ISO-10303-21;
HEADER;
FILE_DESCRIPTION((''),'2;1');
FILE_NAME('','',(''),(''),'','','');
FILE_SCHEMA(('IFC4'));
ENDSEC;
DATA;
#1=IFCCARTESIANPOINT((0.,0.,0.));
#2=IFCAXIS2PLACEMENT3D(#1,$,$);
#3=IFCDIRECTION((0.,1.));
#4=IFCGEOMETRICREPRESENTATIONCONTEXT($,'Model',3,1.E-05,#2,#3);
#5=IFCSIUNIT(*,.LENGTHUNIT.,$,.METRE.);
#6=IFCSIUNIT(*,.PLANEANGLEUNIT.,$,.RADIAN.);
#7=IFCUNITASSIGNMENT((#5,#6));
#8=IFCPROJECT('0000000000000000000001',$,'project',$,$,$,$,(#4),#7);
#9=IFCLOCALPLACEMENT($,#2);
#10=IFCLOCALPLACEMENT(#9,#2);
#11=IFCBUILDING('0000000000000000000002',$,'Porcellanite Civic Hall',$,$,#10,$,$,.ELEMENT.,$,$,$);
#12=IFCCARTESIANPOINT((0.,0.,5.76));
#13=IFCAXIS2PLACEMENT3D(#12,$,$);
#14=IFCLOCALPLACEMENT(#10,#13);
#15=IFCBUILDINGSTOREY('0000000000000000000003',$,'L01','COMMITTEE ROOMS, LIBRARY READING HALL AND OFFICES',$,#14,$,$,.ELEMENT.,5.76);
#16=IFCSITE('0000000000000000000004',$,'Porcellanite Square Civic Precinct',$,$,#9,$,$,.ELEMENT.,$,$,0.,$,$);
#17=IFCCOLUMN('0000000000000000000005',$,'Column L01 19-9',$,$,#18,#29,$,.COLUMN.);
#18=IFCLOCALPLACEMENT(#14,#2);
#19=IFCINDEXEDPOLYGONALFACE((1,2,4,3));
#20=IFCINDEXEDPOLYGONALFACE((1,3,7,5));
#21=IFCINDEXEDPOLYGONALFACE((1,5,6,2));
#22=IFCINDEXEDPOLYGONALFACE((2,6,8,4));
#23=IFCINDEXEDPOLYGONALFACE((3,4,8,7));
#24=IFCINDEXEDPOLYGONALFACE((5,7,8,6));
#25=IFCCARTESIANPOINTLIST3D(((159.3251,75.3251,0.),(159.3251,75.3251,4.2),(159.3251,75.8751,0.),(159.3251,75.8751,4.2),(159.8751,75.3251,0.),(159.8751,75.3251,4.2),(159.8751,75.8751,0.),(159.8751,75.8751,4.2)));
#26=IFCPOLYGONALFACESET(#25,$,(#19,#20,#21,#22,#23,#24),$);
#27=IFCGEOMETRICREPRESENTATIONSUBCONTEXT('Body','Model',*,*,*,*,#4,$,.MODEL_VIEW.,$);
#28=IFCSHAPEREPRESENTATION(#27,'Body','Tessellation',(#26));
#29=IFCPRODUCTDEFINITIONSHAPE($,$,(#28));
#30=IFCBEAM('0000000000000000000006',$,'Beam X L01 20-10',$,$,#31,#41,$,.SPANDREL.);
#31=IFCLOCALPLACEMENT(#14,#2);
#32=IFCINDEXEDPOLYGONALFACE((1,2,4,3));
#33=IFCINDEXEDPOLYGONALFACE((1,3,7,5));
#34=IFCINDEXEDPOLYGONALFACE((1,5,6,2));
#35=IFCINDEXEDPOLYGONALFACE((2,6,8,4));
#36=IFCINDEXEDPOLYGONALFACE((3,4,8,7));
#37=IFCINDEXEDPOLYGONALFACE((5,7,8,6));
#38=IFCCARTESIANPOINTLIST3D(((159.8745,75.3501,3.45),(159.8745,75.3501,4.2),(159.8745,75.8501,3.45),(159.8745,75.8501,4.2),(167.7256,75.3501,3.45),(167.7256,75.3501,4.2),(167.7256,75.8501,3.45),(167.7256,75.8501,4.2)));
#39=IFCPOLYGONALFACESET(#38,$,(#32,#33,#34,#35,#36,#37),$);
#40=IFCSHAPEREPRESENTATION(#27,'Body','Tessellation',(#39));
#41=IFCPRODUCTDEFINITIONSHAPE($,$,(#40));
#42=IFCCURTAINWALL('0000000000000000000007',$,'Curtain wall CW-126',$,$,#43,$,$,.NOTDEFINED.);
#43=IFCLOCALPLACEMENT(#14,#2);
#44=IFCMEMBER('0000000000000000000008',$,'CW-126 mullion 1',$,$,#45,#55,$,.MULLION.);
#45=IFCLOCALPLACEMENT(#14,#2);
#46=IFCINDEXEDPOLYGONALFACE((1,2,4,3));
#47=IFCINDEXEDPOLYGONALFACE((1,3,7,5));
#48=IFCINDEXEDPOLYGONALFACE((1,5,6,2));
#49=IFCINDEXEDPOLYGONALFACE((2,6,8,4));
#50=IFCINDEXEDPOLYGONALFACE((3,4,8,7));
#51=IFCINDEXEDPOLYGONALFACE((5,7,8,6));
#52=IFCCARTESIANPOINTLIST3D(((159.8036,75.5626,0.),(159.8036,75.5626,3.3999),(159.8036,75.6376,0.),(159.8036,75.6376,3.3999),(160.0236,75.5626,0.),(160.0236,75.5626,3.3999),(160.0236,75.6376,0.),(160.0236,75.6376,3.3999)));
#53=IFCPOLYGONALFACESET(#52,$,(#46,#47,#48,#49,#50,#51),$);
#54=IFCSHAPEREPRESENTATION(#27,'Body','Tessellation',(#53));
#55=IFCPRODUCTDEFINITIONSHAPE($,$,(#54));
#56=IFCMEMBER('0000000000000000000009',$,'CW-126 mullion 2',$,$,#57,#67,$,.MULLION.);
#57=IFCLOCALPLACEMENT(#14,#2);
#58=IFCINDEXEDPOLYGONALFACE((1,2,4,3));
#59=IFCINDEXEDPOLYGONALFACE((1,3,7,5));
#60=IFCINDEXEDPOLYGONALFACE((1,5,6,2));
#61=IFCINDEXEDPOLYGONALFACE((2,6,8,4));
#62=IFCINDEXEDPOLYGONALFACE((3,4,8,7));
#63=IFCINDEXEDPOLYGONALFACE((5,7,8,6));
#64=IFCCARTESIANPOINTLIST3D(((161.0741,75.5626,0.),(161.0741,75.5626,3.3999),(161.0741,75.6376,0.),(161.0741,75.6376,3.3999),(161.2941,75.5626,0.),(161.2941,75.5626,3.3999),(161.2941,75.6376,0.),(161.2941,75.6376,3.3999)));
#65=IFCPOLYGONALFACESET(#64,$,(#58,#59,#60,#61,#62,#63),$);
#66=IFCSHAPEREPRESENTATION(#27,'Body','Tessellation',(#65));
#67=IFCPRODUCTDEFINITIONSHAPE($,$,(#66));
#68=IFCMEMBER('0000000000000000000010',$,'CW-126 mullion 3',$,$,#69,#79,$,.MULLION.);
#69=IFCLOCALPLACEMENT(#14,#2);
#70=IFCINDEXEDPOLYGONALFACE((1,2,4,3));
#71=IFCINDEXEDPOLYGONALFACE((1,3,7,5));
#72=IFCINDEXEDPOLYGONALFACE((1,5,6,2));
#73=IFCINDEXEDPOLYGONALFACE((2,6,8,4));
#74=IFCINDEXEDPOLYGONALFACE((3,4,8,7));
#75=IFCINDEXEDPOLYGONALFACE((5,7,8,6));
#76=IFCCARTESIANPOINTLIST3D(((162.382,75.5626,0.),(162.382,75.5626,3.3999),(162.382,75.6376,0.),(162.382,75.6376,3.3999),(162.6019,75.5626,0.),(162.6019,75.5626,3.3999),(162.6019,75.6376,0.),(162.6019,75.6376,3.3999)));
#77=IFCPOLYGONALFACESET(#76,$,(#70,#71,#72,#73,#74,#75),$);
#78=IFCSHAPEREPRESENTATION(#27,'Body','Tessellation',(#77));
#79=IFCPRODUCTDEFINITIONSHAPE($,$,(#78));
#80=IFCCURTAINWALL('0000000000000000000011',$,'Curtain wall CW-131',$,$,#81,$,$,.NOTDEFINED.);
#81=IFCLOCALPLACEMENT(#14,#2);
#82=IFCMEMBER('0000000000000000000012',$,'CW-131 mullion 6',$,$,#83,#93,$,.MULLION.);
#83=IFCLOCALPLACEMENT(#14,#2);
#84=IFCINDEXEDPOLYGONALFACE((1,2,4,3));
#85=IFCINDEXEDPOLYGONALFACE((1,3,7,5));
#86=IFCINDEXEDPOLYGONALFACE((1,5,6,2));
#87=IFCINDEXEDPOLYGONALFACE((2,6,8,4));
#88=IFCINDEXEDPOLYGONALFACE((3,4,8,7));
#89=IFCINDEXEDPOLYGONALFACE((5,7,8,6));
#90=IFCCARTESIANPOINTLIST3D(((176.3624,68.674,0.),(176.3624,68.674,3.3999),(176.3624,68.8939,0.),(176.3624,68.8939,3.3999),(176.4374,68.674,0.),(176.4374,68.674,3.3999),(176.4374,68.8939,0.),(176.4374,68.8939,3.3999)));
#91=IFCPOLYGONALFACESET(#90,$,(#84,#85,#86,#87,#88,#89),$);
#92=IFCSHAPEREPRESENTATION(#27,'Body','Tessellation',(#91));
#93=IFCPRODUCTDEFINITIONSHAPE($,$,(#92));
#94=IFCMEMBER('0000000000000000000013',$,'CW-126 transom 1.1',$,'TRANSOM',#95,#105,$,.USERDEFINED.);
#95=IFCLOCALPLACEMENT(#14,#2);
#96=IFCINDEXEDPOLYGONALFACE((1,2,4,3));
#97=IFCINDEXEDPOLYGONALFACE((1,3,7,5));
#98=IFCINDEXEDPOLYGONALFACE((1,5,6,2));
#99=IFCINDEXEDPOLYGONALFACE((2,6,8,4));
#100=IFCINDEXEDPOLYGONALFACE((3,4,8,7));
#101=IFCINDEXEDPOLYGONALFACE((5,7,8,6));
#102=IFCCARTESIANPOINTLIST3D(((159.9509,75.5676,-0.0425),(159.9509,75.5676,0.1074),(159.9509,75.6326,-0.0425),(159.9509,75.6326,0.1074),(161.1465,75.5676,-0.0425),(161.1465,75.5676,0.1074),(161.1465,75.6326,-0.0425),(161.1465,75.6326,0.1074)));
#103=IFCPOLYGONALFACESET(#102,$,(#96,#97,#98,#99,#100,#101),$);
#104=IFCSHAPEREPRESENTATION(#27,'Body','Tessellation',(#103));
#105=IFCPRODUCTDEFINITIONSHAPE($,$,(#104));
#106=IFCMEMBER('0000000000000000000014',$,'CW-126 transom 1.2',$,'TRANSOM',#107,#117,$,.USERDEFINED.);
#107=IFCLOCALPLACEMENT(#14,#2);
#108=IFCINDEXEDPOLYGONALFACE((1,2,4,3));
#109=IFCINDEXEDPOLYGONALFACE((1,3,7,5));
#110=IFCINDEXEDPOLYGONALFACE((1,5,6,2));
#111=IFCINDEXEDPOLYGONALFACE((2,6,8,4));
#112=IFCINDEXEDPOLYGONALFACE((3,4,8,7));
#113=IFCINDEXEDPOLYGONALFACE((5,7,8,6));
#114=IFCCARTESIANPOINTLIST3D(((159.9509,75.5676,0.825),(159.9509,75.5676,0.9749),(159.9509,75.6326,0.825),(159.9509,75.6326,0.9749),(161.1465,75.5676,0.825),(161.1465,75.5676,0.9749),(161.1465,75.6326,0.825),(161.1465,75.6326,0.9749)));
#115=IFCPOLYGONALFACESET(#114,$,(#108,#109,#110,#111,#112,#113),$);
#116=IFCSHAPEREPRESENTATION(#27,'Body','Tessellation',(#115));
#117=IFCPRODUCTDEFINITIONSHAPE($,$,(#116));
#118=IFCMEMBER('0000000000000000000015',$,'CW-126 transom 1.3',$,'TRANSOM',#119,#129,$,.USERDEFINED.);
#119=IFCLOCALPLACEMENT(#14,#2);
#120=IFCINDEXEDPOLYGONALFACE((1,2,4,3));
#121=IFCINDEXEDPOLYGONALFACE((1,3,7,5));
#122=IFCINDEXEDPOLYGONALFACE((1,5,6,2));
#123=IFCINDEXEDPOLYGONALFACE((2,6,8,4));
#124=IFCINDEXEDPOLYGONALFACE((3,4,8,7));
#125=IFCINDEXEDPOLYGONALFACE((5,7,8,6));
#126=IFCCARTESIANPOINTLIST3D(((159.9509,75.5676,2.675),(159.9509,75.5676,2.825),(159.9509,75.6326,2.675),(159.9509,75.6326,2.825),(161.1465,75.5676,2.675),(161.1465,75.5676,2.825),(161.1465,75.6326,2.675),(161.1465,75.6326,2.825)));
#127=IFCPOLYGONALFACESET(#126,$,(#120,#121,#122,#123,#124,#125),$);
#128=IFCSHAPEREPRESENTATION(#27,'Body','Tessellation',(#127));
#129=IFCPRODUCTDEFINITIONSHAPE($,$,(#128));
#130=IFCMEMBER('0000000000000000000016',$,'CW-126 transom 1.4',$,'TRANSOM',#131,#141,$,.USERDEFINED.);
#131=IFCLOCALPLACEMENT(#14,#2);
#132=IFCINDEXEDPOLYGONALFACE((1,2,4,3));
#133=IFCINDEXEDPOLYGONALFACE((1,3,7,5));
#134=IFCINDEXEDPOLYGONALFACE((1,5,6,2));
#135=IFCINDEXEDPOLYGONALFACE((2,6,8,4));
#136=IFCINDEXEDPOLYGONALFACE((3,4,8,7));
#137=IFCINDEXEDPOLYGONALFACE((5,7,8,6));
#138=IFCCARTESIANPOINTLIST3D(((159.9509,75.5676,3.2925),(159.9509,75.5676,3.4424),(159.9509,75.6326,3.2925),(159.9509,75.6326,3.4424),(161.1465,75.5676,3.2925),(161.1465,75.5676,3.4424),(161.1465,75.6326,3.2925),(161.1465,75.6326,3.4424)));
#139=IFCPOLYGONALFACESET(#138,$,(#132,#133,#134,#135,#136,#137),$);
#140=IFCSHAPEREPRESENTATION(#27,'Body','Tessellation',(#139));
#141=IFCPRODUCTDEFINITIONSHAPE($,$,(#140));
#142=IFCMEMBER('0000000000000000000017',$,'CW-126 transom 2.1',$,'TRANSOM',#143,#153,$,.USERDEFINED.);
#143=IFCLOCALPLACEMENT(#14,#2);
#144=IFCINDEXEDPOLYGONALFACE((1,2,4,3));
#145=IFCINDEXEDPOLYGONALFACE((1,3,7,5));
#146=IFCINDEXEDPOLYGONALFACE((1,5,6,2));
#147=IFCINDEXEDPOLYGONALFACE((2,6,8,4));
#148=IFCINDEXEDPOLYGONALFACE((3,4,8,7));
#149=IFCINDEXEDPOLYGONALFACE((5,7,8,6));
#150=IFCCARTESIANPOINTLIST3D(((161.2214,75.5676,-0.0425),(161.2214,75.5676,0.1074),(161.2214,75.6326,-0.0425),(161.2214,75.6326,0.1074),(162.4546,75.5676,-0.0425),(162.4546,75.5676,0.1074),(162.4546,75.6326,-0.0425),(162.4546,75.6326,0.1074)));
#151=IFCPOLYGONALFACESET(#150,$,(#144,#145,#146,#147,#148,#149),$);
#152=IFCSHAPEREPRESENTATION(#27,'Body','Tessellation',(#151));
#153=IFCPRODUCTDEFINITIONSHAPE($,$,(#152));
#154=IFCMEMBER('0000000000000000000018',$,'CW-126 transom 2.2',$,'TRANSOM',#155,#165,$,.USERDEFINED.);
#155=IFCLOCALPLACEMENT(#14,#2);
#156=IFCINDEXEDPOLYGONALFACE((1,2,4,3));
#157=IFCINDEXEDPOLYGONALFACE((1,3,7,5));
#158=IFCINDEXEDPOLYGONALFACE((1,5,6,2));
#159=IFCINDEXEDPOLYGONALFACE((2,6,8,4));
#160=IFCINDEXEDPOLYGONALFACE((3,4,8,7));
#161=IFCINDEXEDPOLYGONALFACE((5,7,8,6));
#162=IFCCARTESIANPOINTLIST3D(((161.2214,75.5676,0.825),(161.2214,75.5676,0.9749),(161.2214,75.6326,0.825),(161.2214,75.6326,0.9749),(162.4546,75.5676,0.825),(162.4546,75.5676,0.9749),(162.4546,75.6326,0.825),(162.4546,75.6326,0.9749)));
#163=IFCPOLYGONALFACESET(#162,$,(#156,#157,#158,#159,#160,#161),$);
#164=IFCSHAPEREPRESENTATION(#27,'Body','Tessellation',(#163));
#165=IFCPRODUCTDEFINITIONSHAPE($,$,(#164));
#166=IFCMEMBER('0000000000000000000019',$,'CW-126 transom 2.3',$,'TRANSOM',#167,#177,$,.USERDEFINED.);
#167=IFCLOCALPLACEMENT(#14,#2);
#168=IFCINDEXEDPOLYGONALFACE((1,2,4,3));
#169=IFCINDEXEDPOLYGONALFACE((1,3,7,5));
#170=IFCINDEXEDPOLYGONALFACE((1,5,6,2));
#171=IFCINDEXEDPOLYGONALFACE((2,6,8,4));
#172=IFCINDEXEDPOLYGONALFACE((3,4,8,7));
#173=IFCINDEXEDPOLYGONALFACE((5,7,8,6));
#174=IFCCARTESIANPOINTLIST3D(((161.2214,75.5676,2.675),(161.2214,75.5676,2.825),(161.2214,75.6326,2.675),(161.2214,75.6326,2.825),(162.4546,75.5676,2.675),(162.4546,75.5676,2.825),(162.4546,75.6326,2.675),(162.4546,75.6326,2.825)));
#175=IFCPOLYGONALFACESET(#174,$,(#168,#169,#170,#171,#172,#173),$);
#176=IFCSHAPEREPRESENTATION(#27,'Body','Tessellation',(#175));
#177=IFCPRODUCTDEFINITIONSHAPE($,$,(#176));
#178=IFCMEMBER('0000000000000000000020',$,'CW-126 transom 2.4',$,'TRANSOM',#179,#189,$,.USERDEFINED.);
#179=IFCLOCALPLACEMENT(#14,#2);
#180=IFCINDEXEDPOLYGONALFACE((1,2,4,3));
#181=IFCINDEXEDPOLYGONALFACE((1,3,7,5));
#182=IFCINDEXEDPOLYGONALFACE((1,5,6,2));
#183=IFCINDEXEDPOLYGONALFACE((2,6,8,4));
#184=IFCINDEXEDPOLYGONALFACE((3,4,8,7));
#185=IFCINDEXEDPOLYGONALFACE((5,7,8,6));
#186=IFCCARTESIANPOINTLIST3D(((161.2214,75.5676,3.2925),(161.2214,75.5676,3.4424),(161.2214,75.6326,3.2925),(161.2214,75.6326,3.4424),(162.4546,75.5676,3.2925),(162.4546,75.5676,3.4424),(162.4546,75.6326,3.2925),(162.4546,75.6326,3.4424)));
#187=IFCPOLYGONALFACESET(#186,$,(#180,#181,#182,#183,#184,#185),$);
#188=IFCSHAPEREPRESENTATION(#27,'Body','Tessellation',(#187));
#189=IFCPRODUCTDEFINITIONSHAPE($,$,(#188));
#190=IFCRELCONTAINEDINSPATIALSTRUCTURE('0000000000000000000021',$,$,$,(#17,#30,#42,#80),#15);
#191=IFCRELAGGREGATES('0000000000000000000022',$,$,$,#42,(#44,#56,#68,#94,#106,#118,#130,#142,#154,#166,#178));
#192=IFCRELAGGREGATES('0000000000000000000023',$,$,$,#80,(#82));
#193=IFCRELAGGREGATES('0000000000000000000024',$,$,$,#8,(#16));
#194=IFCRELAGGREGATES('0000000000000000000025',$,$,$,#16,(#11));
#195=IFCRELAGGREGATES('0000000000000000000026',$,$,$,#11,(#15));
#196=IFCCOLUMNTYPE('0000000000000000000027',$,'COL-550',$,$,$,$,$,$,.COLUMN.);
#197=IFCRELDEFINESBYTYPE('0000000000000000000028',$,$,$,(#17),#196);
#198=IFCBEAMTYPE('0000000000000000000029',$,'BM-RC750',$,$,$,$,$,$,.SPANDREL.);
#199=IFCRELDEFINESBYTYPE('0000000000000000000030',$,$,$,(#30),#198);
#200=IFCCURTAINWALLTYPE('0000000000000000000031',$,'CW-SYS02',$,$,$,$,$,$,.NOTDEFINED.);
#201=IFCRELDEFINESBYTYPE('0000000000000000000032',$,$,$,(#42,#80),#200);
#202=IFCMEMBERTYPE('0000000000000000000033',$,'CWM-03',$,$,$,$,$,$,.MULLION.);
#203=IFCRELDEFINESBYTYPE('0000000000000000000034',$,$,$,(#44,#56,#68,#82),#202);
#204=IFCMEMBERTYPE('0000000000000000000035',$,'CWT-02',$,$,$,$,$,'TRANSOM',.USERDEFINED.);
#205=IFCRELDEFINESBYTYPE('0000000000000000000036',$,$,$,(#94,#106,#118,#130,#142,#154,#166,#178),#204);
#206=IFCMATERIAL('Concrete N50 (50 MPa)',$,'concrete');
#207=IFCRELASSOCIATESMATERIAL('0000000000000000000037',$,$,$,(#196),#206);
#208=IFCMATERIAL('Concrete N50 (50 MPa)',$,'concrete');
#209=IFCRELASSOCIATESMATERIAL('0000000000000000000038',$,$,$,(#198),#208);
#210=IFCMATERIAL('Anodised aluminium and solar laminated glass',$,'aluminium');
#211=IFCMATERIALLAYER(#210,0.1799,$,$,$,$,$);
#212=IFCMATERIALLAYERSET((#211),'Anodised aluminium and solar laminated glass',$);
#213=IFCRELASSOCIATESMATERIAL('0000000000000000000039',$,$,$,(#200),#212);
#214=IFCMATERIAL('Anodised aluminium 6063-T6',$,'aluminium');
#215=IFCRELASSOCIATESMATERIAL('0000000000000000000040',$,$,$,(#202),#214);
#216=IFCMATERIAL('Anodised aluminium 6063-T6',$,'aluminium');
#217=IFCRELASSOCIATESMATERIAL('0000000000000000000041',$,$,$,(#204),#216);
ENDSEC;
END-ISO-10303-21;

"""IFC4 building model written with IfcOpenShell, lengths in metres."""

from ifc_helpers import new_model, si_unit, direction, frame, origin, origin_2d, place, context, subcontext, project, spatial, rectangle, extrude, material, layer, layer_set, material_profile, profile_set, type_object, element, aggregate, save


model = new_model("IFC4")

# Units and contexts
model_context = context("Model", 3, precision=1e-05, world=origin(), true_north=direction((0.0, 1.0)))
body_context = subcontext(model_context, "Body", "Model", "MODEL_VIEW")
ifc_project = project(units=[si_unit("LENGTHUNIT", "METRE"), si_unit("PLANEANGLEUNIT", "RADIAN")], contexts=[model_context])

# Site, building, storey
site_placement = place(None, origin())
site = spatial("IfcSite", under=ifc_project, at=site_placement, Name="Porcellanite Square Civic Precinct", CompositionType="ELEMENT", RefElevation=0.0)
building_placement = place(site_placement, origin())
building = spatial("IfcBuilding", under=site, at=building_placement, Name="Porcellanite Civic Hall", CompositionType="ELEMENT")
storey_placement = place(building_placement, frame((0.0, 0.0, 5.76)))
storey = spatial("IfcBuildingStorey", under=building, at=storey_placement, Name="L01", Description="COMMITTEE ROOMS, LIBRARY READING HALL AND OFFICES", CompositionType="ELEMENT", Elevation=5.76)

# Column
ifc_material_1 = material(Name="Concrete N50 (50 MPa)", Category="concrete")
ifc_material_profile_1 = material_profile(ifc_material_1, rectangle(XDim=0.55, YDim=0.55, at=origin_2d()), Name="RC-550x550")
ifc_profile_set_1 = profile_set([ifc_material_profile_1], Name="Concrete N50 (50 MPa)")
column_type = type_object("IfcColumnType", Name="COL-550", PredefinedType="COLUMN", material=ifc_profile_set_1)
column_placement = place(storey_placement, frame((159.6001, 75.6001, 0.0), z_axis=(0.0, 0.0, 1.0), x_axis=(1.0, 0.0, 0.0)))
element("IfcColumn", 1, at=column_placement, inside=storey, type_object=column_type, Name="Column L01 19-9", PredefinedType="COLUMN", context=body_context, shape_type="SweptSolid", body=[
    extrude(rectangle(XDim=0.55, YDim=0.55, at=origin_2d()), origin(), (0.0, 0.0, 1.0), 4.2),
])

# Beam
ifc_material_2 = material(Name="Concrete N50 (50 MPa)", Category="concrete")
ifc_material_profile_2 = material_profile(ifc_material_2, rectangle(XDim=0.5, YDim=0.75, at=origin_2d()), Name="RC-500x750")
ifc_profile_set_2 = profile_set([ifc_material_profile_2], Name="Concrete N50 (50 MPa)")
beam_type = type_object("IfcBeamType", Name="BM-RC750", PredefinedType="SPANDREL", material=ifc_profile_set_2)
beam_placement = place(storey_placement, frame((159.8745, 75.6001, 3.825), z_axis=(1.0, 0.0, 0.0), x_axis=(0.0, 1.0, 0.0)))
element("IfcBeam", 2, at=beam_placement, inside=storey, type_object=beam_type, Name="Beam X L01 20-10", PredefinedType="SPANDREL", context=body_context, shape_type="SweptSolid", body=[
    extrude(rectangle(XDim=0.5, YDim=0.75, at=origin_2d()), origin(), (0.0, 0.0, 1.0), 7.8511),
])

# Curtain wall, members
ifc_material_3 = material(Name="Anodised aluminium and solar laminated glass", Category="aluminium")
ifc_layer_1 = layer(ifc_material_3, 0.1799)
ifc_layer_set_1 = layer_set([ifc_layer_1], Name="Anodised aluminium and solar laminated glass")
curtain_wall_type = type_object("IfcCurtainWallType", Name="CW-SYS02", PredefinedType="NOTDEFINED", material=ifc_layer_set_1)
curtain_wall_1_placement = place(storey_placement, origin())
curtain_wall_1 = element("IfcCurtainWall", 3, at=curtain_wall_1_placement, inside=storey, type_object=curtain_wall_type, Name="Curtain wall CW-126", PredefinedType="NOTDEFINED")
ifc_material_4 = material(Name="Anodised aluminium 6063-T6", Category="aluminium")
ifc_material_profile_3 = material_profile(ifc_material_4, rectangle(XDim=0.075, YDim=0.22, at=origin_2d()), Name="AL-75x220")
ifc_profile_set_3 = profile_set([ifc_material_profile_3], Name="Anodised aluminium 6063-T6")
member_type_1 = type_object("IfcMemberType", Name="CWM-03", PredefinedType="MULLION", material=ifc_profile_set_3)
member_1_placement = place(storey_placement, frame((159.9136, 75.6001, 0.0), z_axis=(0.0, 0.0, 1.0), x_axis=(0.0, 1.0, 0.0)))
member_1 = element("IfcMember", 4, at=member_1_placement, type_object=member_type_1, Name="CW-126 mullion 1", PredefinedType="MULLION", context=body_context, shape_type="SweptSolid", body=[
    extrude(rectangle(XDim=0.075, YDim=0.22, at=origin_2d()), origin(), (0.0, 0.0, 1.0), 3.3999),
])
member_2_placement = place(storey_placement, frame((161.1841, 75.6001, 0.0), z_axis=(0.0, 0.0, 1.0), x_axis=(0.0, 1.0, 0.0)))
member_2 = element("IfcMember", 5, at=member_2_placement, type_object=member_type_1, Name="CW-126 mullion 2", PredefinedType="MULLION", context=body_context, shape_type="SweptSolid", body=[
    extrude(rectangle(XDim=0.075, YDim=0.22, at=origin_2d()), origin(), (0.0, 0.0, 1.0), 3.3999),
])
member_3_placement = place(storey_placement, frame((162.4919, 75.6001, 0.0), z_axis=(0.0, 0.0, 1.0), x_axis=(0.0, 1.0, 0.0)))
member_3 = element("IfcMember", 6, at=member_3_placement, type_object=member_type_1, Name="CW-126 mullion 3", PredefinedType="MULLION", context=body_context, shape_type="SweptSolid", body=[
    extrude(rectangle(XDim=0.075, YDim=0.22, at=origin_2d()), origin(), (0.0, 0.0, 1.0), 3.3999),
])

# Curtain wall, member
curtain_wall_2_placement = place(storey_placement, origin())
curtain_wall_2 = element("IfcCurtainWall", 7, at=curtain_wall_2_placement, inside=storey, type_object=curtain_wall_type, Name="Curtain wall CW-131", PredefinedType="NOTDEFINED")
member_4_placement = place(storey_placement, frame((176.3999, 68.7839, 0.0), z_axis=(0.0, 0.0, 1.0), x_axis=(1.0, 0.0, 0.0)))
member_4 = element("IfcMember", 8, at=member_4_placement, type_object=member_type_1, Name="CW-131 mullion 6", PredefinedType="MULLION", context=body_context, shape_type="SweptSolid", body=[
    extrude(rectangle(XDim=0.075, YDim=0.22, at=origin_2d()), origin(), (0.0, 0.0, 1.0), 3.3999),
])

# Members
ifc_material_5 = material(Name="Anodised aluminium 6063-T6", Category="aluminium")
ifc_material_profile_4 = material_profile(ifc_material_5, rectangle(XDim=0.0649, YDim=0.1499, at=origin_2d()), Name="AL-65x150")
ifc_profile_set_4 = profile_set([ifc_material_profile_4], Name="Anodised aluminium 6063-T6")
member_type_2 = type_object("IfcMemberType", Name="CWT-02", ElementType="TRANSOM", PredefinedType="USERDEFINED", material=ifc_profile_set_4)
member_5_placement = place(storey_placement, frame((159.9509, 75.6001, 0.0325), z_axis=(1.0, 0.0, 0.0), x_axis=(0.0, 1.0, 0.0)))
member_5 = element("IfcMember", 9, at=member_5_placement, type_object=member_type_2, Name="CW-126 transom 1.1", ObjectType="TRANSOM", PredefinedType="USERDEFINED", context=body_context, shape_type="SweptSolid", body=[
    extrude(rectangle(XDim=0.0649, YDim=0.1499, at=origin_2d()), origin(), (0.0, 0.0, 1.0), 1.1956),
])
member_6_placement = place(storey_placement, frame((159.9509, 75.6001, 0.8999), z_axis=(1.0, 0.0, 0.0), x_axis=(0.0, 1.0, 0.0)))
member_6 = element("IfcMember", 10, at=member_6_placement, type_object=member_type_2, Name="CW-126 transom 1.2", ObjectType="TRANSOM", PredefinedType="USERDEFINED", context=body_context, shape_type="SweptSolid", body=[
    extrude(rectangle(XDim=0.0649, YDim=0.1499, at=origin_2d()), origin(), (0.0, 0.0, 1.0), 1.1956),
])
member_7_placement = place(storey_placement, frame((159.9509, 75.6001, 2.75), z_axis=(1.0, 0.0, 0.0), x_axis=(0.0, 1.0, 0.0)))
member_7 = element("IfcMember", 11, at=member_7_placement, type_object=member_type_2, Name="CW-126 transom 1.3", ObjectType="TRANSOM", PredefinedType="USERDEFINED", context=body_context, shape_type="SweptSolid", body=[
    extrude(rectangle(XDim=0.0649, YDim=0.1499, at=origin_2d()), origin(), (0.0, 0.0, 1.0), 1.1956),
])
member_8_placement = place(storey_placement, frame((159.9509, 75.6001, 3.3674), z_axis=(1.0, 0.0, 0.0), x_axis=(0.0, 1.0, 0.0)))
member_8 = element("IfcMember", 12, at=member_8_placement, type_object=member_type_2, Name="CW-126 transom 1.4", ObjectType="TRANSOM", PredefinedType="USERDEFINED", context=body_context, shape_type="SweptSolid", body=[
    extrude(rectangle(XDim=0.0649, YDim=0.1499, at=origin_2d()), origin(), (0.0, 0.0, 1.0), 1.1956),
])
member_9_placement = place(storey_placement, frame((161.2214, 75.6001, 0.0325), z_axis=(1.0, 0.0, 0.0), x_axis=(0.0, 1.0, 0.0)))
member_9 = element("IfcMember", 13, at=member_9_placement, type_object=member_type_2, Name="CW-126 transom 2.1", ObjectType="TRANSOM", PredefinedType="USERDEFINED", context=body_context, shape_type="SweptSolid", body=[
    extrude(rectangle(XDim=0.0649, YDim=0.1499, at=origin_2d()), origin(), (0.0, 0.0, 1.0), 1.2332),
])
member_10_placement = place(storey_placement, frame((161.2214, 75.6001, 0.8999), z_axis=(1.0, 0.0, 0.0), x_axis=(0.0, 1.0, 0.0)))
member_10 = element("IfcMember", 14, at=member_10_placement, type_object=member_type_2, Name="CW-126 transom 2.2", ObjectType="TRANSOM", PredefinedType="USERDEFINED", context=body_context, shape_type="SweptSolid", body=[
    extrude(rectangle(XDim=0.0649, YDim=0.1499, at=origin_2d()), origin(), (0.0, 0.0, 1.0), 1.2332),
])
member_11_placement = place(storey_placement, frame((161.2214, 75.6001, 2.75), z_axis=(1.0, 0.0, 0.0), x_axis=(0.0, 1.0, 0.0)))
member_11 = element("IfcMember", 15, at=member_11_placement, type_object=member_type_2, Name="CW-126 transom 2.3", ObjectType="TRANSOM", PredefinedType="USERDEFINED", context=body_context, shape_type="SweptSolid", body=[
    extrude(rectangle(XDim=0.0649, YDim=0.1499, at=origin_2d()), origin(), (0.0, 0.0, 1.0), 1.2332),
])
member_12_placement = place(storey_placement, frame((161.2214, 75.6001, 3.3674), z_axis=(1.0, 0.0, 0.0), x_axis=(0.0, 1.0, 0.0)))
member_12 = element("IfcMember", 16, at=member_12_placement, type_object=member_type_2, Name="CW-126 transom 2.4", ObjectType="TRANSOM", PredefinedType="USERDEFINED", context=body_context, shape_type="SweptSolid", body=[
    extrude(rectangle(XDim=0.0649, YDim=0.1499, at=origin_2d()), origin(), (0.0, 0.0, 1.0), 1.2332),
])

aggregate(curtain_wall_1, [member_1, member_2, member_3, member_5, member_6, member_7, member_8, member_9, member_10, member_11, member_12])
aggregate(curtain_wall_2, [member_4])

save(model, "model.ifc")
